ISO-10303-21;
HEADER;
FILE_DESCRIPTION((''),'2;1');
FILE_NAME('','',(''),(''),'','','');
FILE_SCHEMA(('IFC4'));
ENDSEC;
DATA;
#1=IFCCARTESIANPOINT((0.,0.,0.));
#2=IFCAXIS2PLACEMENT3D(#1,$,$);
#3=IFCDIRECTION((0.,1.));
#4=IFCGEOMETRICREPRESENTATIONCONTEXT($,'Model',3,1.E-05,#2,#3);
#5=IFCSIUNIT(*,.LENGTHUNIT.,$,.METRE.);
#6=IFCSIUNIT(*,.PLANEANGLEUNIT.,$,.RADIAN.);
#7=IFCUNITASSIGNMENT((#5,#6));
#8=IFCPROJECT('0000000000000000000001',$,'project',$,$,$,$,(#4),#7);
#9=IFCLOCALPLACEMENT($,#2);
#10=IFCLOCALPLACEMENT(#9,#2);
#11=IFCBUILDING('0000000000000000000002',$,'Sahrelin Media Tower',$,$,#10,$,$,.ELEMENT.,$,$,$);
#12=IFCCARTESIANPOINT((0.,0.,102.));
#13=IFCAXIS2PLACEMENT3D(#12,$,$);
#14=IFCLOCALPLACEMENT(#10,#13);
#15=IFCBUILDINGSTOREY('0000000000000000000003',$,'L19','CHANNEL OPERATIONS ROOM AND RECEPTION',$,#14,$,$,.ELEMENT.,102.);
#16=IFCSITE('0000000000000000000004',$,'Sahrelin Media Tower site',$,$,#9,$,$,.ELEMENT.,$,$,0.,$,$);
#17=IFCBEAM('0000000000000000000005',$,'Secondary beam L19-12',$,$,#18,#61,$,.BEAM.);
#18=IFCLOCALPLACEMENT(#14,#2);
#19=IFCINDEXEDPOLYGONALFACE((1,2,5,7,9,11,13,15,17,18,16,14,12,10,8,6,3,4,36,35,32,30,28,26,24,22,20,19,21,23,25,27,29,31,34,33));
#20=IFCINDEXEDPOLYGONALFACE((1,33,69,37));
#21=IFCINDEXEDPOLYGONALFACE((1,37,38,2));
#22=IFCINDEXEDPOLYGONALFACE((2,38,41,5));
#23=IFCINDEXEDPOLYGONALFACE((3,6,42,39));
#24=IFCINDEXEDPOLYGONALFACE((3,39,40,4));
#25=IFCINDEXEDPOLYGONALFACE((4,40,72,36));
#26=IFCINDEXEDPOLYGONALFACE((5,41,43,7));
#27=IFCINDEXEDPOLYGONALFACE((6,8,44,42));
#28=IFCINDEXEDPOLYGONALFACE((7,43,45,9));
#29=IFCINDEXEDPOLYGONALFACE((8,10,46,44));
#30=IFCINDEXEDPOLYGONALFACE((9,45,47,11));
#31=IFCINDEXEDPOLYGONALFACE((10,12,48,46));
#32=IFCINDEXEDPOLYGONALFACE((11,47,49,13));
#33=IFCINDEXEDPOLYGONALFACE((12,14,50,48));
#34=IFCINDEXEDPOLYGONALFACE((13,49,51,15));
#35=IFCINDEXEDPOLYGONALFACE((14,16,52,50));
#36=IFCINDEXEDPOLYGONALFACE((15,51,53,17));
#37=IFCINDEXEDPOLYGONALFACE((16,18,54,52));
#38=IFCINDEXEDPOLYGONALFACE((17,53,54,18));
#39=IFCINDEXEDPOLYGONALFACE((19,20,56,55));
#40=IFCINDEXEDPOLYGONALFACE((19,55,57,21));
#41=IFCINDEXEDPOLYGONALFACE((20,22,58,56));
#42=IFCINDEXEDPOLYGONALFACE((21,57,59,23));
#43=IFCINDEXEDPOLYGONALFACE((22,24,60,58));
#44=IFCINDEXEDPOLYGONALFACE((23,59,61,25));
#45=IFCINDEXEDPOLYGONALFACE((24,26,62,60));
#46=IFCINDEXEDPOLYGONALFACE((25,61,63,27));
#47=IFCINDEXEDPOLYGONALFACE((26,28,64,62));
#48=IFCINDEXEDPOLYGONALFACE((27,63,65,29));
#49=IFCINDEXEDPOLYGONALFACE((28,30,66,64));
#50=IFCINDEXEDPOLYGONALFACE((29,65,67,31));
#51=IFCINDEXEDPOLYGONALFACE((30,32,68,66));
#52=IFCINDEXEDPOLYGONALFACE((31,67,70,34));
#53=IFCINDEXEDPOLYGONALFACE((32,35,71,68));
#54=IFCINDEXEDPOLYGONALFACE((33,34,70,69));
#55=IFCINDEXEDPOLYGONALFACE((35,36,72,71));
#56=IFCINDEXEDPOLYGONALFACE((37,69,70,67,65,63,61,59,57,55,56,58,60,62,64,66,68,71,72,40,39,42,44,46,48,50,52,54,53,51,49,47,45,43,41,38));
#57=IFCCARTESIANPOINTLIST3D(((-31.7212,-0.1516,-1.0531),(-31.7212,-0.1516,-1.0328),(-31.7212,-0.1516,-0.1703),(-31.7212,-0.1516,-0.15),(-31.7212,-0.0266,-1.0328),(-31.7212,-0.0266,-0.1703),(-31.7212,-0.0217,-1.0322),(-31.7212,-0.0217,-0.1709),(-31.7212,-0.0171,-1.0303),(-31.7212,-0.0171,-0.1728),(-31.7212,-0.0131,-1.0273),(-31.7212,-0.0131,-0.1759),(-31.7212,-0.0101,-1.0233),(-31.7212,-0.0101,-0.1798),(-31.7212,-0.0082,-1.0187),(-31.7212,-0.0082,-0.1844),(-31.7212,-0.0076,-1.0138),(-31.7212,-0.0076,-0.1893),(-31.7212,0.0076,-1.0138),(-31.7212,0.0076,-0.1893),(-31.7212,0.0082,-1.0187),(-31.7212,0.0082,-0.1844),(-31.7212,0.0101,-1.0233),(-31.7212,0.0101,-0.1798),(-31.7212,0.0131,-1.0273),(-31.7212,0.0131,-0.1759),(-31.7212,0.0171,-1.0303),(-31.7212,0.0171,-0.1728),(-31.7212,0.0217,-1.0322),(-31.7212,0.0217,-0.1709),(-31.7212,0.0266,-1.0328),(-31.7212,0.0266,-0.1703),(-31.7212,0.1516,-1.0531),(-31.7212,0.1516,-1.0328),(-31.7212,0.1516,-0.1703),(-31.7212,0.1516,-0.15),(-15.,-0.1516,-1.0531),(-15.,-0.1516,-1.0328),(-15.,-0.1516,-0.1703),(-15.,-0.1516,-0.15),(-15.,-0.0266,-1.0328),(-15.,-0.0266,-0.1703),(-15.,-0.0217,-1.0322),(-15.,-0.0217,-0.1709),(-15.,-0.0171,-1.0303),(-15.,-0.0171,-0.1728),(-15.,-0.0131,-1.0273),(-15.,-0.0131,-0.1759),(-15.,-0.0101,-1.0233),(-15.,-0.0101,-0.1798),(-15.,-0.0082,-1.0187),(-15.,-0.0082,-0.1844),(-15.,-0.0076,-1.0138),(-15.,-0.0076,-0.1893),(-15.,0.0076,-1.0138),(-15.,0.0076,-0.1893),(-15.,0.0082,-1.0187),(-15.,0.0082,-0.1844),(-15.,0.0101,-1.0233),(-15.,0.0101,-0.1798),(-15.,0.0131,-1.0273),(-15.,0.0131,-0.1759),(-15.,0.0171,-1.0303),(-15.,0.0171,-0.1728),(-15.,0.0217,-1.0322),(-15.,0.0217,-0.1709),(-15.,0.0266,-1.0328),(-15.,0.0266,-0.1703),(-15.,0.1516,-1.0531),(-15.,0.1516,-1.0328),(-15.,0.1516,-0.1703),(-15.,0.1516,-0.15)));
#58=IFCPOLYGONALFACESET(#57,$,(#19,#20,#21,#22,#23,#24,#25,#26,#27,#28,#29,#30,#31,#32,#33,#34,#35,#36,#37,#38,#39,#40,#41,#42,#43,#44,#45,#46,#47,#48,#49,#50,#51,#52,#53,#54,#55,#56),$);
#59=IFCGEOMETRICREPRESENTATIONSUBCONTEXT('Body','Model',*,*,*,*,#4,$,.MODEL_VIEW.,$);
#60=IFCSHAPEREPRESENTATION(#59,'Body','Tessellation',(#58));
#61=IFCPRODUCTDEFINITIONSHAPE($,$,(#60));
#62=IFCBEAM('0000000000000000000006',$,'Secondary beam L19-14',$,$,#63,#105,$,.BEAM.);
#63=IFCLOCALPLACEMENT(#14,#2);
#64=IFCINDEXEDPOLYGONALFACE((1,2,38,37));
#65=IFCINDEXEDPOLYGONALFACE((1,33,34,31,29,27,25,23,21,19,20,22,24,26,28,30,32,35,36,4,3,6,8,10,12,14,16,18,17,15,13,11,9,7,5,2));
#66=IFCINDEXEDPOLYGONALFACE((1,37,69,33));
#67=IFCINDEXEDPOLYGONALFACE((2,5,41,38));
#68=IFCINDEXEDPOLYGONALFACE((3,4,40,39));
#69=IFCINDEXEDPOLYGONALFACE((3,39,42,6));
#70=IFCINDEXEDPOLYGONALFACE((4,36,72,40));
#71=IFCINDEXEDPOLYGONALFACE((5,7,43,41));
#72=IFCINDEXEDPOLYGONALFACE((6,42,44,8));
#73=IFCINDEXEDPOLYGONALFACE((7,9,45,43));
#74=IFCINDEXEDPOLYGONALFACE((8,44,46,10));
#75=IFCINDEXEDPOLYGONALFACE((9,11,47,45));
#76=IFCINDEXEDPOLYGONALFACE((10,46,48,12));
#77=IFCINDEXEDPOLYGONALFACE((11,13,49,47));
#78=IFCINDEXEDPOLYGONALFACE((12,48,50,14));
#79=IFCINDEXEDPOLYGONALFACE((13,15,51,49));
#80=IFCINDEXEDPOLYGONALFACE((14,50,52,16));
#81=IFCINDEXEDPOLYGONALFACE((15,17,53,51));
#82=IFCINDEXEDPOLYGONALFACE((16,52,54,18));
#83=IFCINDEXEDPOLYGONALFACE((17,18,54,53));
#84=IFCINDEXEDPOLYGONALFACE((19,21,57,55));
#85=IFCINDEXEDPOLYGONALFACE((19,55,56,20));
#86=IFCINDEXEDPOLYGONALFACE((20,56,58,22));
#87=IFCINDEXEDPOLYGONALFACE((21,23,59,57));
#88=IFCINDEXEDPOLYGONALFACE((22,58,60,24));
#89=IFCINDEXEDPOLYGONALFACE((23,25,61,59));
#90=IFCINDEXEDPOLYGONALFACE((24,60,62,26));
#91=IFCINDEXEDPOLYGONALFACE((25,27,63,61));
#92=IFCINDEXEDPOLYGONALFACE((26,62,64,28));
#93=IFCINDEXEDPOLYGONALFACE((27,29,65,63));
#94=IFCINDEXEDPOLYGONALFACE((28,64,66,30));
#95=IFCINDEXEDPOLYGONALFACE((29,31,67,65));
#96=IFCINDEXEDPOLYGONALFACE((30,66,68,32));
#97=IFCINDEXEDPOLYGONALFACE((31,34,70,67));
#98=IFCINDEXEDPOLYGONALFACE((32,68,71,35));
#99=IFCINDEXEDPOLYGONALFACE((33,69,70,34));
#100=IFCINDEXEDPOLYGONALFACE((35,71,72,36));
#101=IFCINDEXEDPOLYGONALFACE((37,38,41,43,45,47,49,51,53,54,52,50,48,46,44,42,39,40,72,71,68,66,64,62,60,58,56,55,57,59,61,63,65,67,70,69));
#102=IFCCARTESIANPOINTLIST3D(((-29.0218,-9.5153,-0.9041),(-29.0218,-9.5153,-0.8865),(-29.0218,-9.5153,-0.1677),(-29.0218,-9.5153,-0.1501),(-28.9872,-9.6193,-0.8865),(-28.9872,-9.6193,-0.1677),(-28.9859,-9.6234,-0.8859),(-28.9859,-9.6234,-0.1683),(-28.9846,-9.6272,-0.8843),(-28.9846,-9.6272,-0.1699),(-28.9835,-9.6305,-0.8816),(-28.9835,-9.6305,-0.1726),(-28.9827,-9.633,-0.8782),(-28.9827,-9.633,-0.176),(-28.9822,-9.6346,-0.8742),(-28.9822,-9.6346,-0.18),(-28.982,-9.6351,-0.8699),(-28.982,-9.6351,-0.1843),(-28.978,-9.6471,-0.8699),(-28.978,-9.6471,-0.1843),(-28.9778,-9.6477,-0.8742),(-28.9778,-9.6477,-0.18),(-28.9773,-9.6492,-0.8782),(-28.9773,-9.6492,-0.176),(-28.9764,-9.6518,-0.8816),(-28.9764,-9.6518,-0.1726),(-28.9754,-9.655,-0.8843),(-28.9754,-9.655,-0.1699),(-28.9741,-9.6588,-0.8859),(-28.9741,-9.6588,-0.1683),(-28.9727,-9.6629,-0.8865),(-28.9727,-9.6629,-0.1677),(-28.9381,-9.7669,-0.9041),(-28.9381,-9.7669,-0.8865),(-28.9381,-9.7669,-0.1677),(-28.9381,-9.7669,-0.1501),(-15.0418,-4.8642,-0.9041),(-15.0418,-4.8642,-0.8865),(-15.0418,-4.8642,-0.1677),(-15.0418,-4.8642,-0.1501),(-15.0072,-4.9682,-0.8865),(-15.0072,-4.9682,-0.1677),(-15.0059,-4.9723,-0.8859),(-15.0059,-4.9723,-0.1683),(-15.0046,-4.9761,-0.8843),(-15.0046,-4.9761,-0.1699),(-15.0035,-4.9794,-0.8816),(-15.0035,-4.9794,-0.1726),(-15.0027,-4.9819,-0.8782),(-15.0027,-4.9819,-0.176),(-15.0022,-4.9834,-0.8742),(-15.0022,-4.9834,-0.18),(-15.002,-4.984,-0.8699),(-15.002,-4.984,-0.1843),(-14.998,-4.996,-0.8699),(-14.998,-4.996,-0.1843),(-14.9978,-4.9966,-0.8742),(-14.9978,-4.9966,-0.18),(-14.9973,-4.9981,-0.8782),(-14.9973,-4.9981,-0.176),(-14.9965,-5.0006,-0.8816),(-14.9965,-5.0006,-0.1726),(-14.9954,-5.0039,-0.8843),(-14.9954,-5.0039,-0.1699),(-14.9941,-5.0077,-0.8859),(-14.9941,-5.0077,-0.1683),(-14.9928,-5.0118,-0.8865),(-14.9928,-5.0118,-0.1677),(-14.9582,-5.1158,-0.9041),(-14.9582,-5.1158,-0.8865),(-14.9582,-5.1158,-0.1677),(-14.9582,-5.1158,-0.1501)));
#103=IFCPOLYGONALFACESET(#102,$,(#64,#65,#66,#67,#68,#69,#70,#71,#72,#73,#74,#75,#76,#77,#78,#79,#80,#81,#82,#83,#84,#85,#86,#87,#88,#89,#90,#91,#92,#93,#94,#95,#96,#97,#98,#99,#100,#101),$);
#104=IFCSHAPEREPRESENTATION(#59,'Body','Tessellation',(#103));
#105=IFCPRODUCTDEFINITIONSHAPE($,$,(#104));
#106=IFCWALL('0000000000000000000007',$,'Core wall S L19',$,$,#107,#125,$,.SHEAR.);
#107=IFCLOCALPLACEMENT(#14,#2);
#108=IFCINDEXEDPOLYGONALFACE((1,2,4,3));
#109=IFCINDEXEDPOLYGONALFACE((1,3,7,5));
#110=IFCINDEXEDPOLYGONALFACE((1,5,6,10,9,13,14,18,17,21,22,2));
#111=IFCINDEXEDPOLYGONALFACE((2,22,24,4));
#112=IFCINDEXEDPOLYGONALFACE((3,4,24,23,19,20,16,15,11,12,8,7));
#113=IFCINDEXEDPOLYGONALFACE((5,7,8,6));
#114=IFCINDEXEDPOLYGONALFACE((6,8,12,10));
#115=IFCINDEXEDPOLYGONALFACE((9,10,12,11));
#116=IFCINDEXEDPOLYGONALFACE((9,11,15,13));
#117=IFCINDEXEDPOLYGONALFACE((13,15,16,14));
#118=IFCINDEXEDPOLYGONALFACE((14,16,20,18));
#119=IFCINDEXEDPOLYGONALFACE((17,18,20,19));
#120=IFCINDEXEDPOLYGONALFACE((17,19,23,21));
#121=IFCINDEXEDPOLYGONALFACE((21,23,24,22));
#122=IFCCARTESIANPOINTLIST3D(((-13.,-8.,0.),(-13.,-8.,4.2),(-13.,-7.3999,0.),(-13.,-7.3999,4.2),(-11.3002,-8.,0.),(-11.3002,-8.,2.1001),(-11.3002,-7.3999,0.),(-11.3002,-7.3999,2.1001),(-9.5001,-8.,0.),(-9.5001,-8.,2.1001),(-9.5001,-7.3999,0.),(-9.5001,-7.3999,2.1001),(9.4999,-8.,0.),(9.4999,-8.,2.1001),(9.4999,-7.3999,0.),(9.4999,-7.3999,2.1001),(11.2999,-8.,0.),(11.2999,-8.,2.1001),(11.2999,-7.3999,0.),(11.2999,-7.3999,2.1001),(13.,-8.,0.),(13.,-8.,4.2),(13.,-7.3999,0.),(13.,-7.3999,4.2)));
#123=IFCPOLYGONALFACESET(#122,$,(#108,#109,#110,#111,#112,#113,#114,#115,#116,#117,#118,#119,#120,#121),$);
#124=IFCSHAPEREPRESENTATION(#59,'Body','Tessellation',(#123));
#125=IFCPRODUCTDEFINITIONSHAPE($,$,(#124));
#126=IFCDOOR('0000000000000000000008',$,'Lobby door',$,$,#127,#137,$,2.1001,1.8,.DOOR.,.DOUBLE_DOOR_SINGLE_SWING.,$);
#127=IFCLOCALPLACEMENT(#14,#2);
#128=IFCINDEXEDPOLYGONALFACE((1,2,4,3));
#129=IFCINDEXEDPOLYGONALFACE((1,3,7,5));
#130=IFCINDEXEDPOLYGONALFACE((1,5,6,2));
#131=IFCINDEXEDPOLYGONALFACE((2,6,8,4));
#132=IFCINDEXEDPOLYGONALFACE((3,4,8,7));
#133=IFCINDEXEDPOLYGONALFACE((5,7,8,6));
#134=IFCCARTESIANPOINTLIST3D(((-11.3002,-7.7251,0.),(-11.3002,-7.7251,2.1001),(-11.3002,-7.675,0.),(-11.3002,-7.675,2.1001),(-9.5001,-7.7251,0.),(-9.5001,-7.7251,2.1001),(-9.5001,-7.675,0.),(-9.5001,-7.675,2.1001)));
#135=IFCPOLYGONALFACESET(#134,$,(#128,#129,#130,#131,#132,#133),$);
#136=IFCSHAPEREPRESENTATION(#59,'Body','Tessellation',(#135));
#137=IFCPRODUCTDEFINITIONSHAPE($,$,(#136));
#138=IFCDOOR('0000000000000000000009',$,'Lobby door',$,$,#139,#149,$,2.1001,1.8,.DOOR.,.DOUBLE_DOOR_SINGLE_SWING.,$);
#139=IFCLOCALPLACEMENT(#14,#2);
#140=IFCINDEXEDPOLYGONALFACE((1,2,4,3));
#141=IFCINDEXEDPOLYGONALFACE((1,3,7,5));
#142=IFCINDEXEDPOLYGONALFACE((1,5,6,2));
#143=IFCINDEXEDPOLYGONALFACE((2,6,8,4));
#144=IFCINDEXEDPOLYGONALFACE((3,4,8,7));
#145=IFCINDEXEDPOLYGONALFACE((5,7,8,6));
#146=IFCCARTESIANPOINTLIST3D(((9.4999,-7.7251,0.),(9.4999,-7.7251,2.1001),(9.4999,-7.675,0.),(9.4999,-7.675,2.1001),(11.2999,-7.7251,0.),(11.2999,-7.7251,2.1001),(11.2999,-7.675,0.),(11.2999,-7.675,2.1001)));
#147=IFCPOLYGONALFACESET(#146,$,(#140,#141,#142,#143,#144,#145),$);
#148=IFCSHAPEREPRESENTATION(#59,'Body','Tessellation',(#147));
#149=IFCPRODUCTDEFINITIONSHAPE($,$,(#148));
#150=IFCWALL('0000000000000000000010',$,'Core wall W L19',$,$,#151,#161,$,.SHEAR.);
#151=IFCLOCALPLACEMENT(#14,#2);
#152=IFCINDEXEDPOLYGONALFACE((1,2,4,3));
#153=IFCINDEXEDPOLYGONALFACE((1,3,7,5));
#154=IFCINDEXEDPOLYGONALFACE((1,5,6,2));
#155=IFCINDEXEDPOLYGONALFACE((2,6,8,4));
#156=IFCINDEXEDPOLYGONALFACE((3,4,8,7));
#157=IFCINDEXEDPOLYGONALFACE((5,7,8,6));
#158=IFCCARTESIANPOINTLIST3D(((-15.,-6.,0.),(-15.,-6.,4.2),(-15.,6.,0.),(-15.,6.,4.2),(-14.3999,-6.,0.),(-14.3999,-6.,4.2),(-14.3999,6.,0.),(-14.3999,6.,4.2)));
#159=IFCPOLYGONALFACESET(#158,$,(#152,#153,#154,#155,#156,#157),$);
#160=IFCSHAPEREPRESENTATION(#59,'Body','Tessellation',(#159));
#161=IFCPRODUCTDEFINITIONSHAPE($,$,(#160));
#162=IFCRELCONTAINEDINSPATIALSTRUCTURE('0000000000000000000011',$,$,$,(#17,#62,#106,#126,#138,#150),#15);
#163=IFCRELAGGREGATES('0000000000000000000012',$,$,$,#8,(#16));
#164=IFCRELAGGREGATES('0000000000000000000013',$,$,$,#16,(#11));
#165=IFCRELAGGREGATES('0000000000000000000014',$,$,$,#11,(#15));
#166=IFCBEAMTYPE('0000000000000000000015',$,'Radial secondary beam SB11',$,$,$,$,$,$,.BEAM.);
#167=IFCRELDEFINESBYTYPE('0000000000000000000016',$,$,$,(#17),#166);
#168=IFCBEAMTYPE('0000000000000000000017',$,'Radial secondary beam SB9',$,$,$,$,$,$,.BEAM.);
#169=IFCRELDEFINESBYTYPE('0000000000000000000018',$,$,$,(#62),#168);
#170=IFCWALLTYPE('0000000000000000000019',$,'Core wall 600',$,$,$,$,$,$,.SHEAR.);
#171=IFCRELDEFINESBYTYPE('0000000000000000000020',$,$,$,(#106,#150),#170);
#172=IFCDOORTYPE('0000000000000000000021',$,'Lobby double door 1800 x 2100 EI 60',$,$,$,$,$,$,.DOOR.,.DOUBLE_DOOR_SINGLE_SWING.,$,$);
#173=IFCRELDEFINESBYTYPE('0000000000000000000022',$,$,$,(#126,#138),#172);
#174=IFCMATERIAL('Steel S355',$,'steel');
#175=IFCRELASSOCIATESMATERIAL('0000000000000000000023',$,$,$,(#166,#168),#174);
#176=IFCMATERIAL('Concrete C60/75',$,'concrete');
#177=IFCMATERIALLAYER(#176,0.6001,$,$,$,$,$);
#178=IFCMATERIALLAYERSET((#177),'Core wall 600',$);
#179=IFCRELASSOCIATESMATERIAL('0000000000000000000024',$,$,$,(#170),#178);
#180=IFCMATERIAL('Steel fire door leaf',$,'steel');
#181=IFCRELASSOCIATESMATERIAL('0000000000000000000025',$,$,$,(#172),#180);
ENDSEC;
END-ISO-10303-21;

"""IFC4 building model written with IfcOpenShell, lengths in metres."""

from ifc_helpers import new_model, si_unit, direction, frame, frame_2d, origin, origin_2d, place, context, subcontext, project, spatial, rectangle, i_section, extrude, material, layer, layer_set, material_profile, profile_set, type_object, element, fill, save


model = new_model("IFC4")

# Units and contexts
model_context = context("Model", 3, precision=1e-05, world=origin(), true_north=direction((0.0, 1.0)))
body_context = subcontext(model_context, "Body", "Model", "MODEL_VIEW")
ifc_project = project(units=[si_unit("LENGTHUNIT", "METRE"), si_unit("PLANEANGLEUNIT", "RADIAN")], contexts=[model_context])

# Site, building, storey
site_placement = place(None, origin())
site = spatial("IfcSite", under=ifc_project, at=site_placement, Name="Sahrelin Media Tower site", CompositionType="ELEMENT", RefElevation=0.0)
building_placement = place(site_placement, origin())
building = spatial("IfcBuilding", under=site, at=building_placement, Name="Sahrelin Media Tower", CompositionType="ELEMENT")
storey_placement = place(building_placement, frame((0.0, 0.0, 102.0)))
storey = spatial("IfcBuildingStorey", under=building, at=storey_placement, Name="L19", Description="CHANNEL OPERATIONS ROOM AND RECEPTION", CompositionType="ELEMENT", Elevation=102.0)

# Beams
ifc_material_1 = material(Name="Steel S355", Category="steel")
ifc_material_profile_1 = material_profile(ifc_material_1, i_section(OverallWidth=0.3032, OverallDepth=0.9031, WebThickness=0.0151, FlangeThickness=0.0203, FilletRadius=0.019, at=origin_2d()), Name="UB 914x305x201")
ifc_profile_set_1 = profile_set([ifc_material_profile_1], Name="Steel S355")
beam_type_1 = type_object("IfcBeamType", Name="Radial secondary beam SB11", PredefinedType="BEAM", material=ifc_profile_set_1)
beam_1_placement = place(storey_placement, frame((-15.0, 0.0, -0.6016), z_axis=(-1.0, 0.0, 0.0), x_axis=(0.0, -1.0, 0.0)))
element("IfcBeam", 1, at=beam_1_placement, inside=storey, type_object=beam_type_1, Name="Secondary beam L19-12", PredefinedType="BEAM", context=body_context, shape_type="SweptSolid", body=[
    extrude(i_section(OverallWidth=0.3032, OverallDepth=0.9031, WebThickness=0.0151, FlangeThickness=0.0203, FilletRadius=0.019, at=origin_2d()), origin(), (0.0, 0.0, 1.0), 16.7212),
])
ifc_material_profile_2 = material_profile(ifc_material_1, i_section(OverallWidth=0.2651, OverallDepth=0.7539, WebThickness=0.0127, FlangeThickness=0.0176, FilletRadius=0.0166, at=origin_2d()), Name="UB 762x267x147")
ifc_profile_set_2 = profile_set([ifc_material_profile_2], Name="Steel S355")
beam_type_2 = type_object("IfcBeamType", Name="Radial secondary beam SB9", PredefinedType="BEAM", material=ifc_profile_set_2)
beam_2_placement = place(storey_placement, frame((-15.0, -4.99, -0.5271), z_axis=(-0.948864, -0.315686, 0.0), x_axis=(0.315686, -0.948864, 0.0)))
element("IfcBeam", 2, at=beam_2_placement, inside=storey, type_object=beam_type_2, Name="Secondary beam L19-14", PredefinedType="BEAM", context=body_context, shape_type="SweptSolid", body=[
    extrude(i_section(OverallWidth=0.2651, OverallDepth=0.7539, WebThickness=0.0127, FlangeThickness=0.0176, FilletRadius=0.0166, at=origin_2d()), origin(), (0.0, 0.0, 1.0), 14.7334),
])

# Wall, openings, doors
ifc_material_2 = material(Name="Concrete C60/75", Category="concrete")
ifc_layer_1 = layer(ifc_material_2, 0.6001)
ifc_layer_set_1 = layer_set([ifc_layer_1], Name="Core wall 600")
wall_type_1 = type_object("IfcWallType", Name="Core wall 600", PredefinedType="SHEAR", material=ifc_layer_set_1)
wall_1_placement = place(storey_placement, frame((-13.0, -7.7, 0.0), z_axis=(0.0, 0.0, 1.0), x_axis=(1.0, 0.0, 0.0)))
wall_1 = element("IfcWall", 3, at=wall_1_placement, inside=storey, type_object=wall_type_1, Name="Core wall S L19", PredefinedType="SHEAR", context=body_context, shape_type="SweptSolid", body=[
    extrude(rectangle(XDim=26.0, YDim=0.6001, at=frame_2d((13.0, 0.0))), origin(), (0.0, 0.0, 1.0), 4.2),
])
opening_1_placement = place(wall_1_placement, frame((1.7, 0.0, 0.0)))
opening_1 = element("IfcOpeningElement", 4, at=opening_1_placement, cuts=wall_1, PredefinedType="OPENING", context=body_context, shape_type="SweptSolid", body=[
    extrude(rectangle(XDim=1.8, YDim=2.1001, at=frame_2d((0.8999, 1.05))), frame((0.0, 0.3, 0.0), z_axis=(0.0, -1.0, 0.0), x_axis=(1.0, 0.0, 0.0)), (0.0, 0.0, 1.0), 0.6001),
])
opening_2_placement = place(wall_1_placement, frame((22.5, 0.0, 0.0)))
opening_2 = element("IfcOpeningElement", 5, at=opening_2_placement, cuts=wall_1, PredefinedType="OPENING", context=body_context, shape_type="SweptSolid", body=[
    extrude(rectangle(XDim=1.8, YDim=2.1001, at=frame_2d((0.8999, 1.05))), frame((0.0, 0.3, 0.0), z_axis=(0.0, -1.0, 0.0), x_axis=(1.0, 0.0, 0.0)), (0.0, 0.0, 1.0), 0.6001),
])
ifc_material_3 = material(Name="Steel fire door leaf", Category="steel")
door_type_1 = type_object("IfcDoorType", Name="Lobby double door 1800 x 2100 EI 60", OperationType="DOUBLE_DOOR_SINGLE_SWING", PredefinedType="DOOR", material=ifc_material_3)
door_1_placement = place(opening_1_placement, origin())
door_1 = element("IfcDoor", 6, at=door_1_placement, inside=storey, type_object=door_type_1, Name="Lobby door", OperationType="DOUBLE_DOOR_SINGLE_SWING", OverallHeight=2.1001, OverallWidth=1.8, PredefinedType="DOOR", context=body_context, shape_type="SweptSolid", body=[
    extrude(rectangle(XDim=1.8, YDim=2.1001, at=frame_2d((0.8999, 1.05))), frame((0.0, 0.0249, 0.0), z_axis=(0.0, -1.0, 0.0), x_axis=(1.0, 0.0, 0.0)), (0.0, 0.0, 1.0), 0.05),
])
fill(opening_1, door_1)
door_2_placement = place(opening_2_placement, origin())
door_2 = element("IfcDoor", 7, at=door_2_placement, inside=storey, type_object=door_type_1, Name="Lobby door", OperationType="DOUBLE_DOOR_SINGLE_SWING", OverallHeight=2.1001, OverallWidth=1.8, PredefinedType="DOOR", context=body_context, shape_type="SweptSolid", body=[
    extrude(rectangle(XDim=1.8, YDim=2.1001, at=frame_2d((0.8999, 1.05))), frame((0.0, 0.0249, 0.0), z_axis=(0.0, -1.0, 0.0), x_axis=(1.0, 0.0, 0.0)), (0.0, 0.0, 1.0), 0.05),
])
fill(opening_2, door_2)

# Wall
wall_2_placement = place(storey_placement, frame((-14.7, -6.0, 0.0), z_axis=(0.0, 0.0, 1.0), x_axis=(0.0, 1.0, 0.0)))
element("IfcWall", 8, at=wall_2_placement, inside=storey, type_object=wall_type_1, Name="Core wall W L19", PredefinedType="SHEAR", context=body_context, shape_type="SweptSolid", body=[
    extrude(rectangle(XDim=12.0, YDim=0.6001, at=frame_2d((6.0, 0.0))), origin(), (0.0, 0.0, 1.0), 4.2),
])

save(model, "model.ifc")
